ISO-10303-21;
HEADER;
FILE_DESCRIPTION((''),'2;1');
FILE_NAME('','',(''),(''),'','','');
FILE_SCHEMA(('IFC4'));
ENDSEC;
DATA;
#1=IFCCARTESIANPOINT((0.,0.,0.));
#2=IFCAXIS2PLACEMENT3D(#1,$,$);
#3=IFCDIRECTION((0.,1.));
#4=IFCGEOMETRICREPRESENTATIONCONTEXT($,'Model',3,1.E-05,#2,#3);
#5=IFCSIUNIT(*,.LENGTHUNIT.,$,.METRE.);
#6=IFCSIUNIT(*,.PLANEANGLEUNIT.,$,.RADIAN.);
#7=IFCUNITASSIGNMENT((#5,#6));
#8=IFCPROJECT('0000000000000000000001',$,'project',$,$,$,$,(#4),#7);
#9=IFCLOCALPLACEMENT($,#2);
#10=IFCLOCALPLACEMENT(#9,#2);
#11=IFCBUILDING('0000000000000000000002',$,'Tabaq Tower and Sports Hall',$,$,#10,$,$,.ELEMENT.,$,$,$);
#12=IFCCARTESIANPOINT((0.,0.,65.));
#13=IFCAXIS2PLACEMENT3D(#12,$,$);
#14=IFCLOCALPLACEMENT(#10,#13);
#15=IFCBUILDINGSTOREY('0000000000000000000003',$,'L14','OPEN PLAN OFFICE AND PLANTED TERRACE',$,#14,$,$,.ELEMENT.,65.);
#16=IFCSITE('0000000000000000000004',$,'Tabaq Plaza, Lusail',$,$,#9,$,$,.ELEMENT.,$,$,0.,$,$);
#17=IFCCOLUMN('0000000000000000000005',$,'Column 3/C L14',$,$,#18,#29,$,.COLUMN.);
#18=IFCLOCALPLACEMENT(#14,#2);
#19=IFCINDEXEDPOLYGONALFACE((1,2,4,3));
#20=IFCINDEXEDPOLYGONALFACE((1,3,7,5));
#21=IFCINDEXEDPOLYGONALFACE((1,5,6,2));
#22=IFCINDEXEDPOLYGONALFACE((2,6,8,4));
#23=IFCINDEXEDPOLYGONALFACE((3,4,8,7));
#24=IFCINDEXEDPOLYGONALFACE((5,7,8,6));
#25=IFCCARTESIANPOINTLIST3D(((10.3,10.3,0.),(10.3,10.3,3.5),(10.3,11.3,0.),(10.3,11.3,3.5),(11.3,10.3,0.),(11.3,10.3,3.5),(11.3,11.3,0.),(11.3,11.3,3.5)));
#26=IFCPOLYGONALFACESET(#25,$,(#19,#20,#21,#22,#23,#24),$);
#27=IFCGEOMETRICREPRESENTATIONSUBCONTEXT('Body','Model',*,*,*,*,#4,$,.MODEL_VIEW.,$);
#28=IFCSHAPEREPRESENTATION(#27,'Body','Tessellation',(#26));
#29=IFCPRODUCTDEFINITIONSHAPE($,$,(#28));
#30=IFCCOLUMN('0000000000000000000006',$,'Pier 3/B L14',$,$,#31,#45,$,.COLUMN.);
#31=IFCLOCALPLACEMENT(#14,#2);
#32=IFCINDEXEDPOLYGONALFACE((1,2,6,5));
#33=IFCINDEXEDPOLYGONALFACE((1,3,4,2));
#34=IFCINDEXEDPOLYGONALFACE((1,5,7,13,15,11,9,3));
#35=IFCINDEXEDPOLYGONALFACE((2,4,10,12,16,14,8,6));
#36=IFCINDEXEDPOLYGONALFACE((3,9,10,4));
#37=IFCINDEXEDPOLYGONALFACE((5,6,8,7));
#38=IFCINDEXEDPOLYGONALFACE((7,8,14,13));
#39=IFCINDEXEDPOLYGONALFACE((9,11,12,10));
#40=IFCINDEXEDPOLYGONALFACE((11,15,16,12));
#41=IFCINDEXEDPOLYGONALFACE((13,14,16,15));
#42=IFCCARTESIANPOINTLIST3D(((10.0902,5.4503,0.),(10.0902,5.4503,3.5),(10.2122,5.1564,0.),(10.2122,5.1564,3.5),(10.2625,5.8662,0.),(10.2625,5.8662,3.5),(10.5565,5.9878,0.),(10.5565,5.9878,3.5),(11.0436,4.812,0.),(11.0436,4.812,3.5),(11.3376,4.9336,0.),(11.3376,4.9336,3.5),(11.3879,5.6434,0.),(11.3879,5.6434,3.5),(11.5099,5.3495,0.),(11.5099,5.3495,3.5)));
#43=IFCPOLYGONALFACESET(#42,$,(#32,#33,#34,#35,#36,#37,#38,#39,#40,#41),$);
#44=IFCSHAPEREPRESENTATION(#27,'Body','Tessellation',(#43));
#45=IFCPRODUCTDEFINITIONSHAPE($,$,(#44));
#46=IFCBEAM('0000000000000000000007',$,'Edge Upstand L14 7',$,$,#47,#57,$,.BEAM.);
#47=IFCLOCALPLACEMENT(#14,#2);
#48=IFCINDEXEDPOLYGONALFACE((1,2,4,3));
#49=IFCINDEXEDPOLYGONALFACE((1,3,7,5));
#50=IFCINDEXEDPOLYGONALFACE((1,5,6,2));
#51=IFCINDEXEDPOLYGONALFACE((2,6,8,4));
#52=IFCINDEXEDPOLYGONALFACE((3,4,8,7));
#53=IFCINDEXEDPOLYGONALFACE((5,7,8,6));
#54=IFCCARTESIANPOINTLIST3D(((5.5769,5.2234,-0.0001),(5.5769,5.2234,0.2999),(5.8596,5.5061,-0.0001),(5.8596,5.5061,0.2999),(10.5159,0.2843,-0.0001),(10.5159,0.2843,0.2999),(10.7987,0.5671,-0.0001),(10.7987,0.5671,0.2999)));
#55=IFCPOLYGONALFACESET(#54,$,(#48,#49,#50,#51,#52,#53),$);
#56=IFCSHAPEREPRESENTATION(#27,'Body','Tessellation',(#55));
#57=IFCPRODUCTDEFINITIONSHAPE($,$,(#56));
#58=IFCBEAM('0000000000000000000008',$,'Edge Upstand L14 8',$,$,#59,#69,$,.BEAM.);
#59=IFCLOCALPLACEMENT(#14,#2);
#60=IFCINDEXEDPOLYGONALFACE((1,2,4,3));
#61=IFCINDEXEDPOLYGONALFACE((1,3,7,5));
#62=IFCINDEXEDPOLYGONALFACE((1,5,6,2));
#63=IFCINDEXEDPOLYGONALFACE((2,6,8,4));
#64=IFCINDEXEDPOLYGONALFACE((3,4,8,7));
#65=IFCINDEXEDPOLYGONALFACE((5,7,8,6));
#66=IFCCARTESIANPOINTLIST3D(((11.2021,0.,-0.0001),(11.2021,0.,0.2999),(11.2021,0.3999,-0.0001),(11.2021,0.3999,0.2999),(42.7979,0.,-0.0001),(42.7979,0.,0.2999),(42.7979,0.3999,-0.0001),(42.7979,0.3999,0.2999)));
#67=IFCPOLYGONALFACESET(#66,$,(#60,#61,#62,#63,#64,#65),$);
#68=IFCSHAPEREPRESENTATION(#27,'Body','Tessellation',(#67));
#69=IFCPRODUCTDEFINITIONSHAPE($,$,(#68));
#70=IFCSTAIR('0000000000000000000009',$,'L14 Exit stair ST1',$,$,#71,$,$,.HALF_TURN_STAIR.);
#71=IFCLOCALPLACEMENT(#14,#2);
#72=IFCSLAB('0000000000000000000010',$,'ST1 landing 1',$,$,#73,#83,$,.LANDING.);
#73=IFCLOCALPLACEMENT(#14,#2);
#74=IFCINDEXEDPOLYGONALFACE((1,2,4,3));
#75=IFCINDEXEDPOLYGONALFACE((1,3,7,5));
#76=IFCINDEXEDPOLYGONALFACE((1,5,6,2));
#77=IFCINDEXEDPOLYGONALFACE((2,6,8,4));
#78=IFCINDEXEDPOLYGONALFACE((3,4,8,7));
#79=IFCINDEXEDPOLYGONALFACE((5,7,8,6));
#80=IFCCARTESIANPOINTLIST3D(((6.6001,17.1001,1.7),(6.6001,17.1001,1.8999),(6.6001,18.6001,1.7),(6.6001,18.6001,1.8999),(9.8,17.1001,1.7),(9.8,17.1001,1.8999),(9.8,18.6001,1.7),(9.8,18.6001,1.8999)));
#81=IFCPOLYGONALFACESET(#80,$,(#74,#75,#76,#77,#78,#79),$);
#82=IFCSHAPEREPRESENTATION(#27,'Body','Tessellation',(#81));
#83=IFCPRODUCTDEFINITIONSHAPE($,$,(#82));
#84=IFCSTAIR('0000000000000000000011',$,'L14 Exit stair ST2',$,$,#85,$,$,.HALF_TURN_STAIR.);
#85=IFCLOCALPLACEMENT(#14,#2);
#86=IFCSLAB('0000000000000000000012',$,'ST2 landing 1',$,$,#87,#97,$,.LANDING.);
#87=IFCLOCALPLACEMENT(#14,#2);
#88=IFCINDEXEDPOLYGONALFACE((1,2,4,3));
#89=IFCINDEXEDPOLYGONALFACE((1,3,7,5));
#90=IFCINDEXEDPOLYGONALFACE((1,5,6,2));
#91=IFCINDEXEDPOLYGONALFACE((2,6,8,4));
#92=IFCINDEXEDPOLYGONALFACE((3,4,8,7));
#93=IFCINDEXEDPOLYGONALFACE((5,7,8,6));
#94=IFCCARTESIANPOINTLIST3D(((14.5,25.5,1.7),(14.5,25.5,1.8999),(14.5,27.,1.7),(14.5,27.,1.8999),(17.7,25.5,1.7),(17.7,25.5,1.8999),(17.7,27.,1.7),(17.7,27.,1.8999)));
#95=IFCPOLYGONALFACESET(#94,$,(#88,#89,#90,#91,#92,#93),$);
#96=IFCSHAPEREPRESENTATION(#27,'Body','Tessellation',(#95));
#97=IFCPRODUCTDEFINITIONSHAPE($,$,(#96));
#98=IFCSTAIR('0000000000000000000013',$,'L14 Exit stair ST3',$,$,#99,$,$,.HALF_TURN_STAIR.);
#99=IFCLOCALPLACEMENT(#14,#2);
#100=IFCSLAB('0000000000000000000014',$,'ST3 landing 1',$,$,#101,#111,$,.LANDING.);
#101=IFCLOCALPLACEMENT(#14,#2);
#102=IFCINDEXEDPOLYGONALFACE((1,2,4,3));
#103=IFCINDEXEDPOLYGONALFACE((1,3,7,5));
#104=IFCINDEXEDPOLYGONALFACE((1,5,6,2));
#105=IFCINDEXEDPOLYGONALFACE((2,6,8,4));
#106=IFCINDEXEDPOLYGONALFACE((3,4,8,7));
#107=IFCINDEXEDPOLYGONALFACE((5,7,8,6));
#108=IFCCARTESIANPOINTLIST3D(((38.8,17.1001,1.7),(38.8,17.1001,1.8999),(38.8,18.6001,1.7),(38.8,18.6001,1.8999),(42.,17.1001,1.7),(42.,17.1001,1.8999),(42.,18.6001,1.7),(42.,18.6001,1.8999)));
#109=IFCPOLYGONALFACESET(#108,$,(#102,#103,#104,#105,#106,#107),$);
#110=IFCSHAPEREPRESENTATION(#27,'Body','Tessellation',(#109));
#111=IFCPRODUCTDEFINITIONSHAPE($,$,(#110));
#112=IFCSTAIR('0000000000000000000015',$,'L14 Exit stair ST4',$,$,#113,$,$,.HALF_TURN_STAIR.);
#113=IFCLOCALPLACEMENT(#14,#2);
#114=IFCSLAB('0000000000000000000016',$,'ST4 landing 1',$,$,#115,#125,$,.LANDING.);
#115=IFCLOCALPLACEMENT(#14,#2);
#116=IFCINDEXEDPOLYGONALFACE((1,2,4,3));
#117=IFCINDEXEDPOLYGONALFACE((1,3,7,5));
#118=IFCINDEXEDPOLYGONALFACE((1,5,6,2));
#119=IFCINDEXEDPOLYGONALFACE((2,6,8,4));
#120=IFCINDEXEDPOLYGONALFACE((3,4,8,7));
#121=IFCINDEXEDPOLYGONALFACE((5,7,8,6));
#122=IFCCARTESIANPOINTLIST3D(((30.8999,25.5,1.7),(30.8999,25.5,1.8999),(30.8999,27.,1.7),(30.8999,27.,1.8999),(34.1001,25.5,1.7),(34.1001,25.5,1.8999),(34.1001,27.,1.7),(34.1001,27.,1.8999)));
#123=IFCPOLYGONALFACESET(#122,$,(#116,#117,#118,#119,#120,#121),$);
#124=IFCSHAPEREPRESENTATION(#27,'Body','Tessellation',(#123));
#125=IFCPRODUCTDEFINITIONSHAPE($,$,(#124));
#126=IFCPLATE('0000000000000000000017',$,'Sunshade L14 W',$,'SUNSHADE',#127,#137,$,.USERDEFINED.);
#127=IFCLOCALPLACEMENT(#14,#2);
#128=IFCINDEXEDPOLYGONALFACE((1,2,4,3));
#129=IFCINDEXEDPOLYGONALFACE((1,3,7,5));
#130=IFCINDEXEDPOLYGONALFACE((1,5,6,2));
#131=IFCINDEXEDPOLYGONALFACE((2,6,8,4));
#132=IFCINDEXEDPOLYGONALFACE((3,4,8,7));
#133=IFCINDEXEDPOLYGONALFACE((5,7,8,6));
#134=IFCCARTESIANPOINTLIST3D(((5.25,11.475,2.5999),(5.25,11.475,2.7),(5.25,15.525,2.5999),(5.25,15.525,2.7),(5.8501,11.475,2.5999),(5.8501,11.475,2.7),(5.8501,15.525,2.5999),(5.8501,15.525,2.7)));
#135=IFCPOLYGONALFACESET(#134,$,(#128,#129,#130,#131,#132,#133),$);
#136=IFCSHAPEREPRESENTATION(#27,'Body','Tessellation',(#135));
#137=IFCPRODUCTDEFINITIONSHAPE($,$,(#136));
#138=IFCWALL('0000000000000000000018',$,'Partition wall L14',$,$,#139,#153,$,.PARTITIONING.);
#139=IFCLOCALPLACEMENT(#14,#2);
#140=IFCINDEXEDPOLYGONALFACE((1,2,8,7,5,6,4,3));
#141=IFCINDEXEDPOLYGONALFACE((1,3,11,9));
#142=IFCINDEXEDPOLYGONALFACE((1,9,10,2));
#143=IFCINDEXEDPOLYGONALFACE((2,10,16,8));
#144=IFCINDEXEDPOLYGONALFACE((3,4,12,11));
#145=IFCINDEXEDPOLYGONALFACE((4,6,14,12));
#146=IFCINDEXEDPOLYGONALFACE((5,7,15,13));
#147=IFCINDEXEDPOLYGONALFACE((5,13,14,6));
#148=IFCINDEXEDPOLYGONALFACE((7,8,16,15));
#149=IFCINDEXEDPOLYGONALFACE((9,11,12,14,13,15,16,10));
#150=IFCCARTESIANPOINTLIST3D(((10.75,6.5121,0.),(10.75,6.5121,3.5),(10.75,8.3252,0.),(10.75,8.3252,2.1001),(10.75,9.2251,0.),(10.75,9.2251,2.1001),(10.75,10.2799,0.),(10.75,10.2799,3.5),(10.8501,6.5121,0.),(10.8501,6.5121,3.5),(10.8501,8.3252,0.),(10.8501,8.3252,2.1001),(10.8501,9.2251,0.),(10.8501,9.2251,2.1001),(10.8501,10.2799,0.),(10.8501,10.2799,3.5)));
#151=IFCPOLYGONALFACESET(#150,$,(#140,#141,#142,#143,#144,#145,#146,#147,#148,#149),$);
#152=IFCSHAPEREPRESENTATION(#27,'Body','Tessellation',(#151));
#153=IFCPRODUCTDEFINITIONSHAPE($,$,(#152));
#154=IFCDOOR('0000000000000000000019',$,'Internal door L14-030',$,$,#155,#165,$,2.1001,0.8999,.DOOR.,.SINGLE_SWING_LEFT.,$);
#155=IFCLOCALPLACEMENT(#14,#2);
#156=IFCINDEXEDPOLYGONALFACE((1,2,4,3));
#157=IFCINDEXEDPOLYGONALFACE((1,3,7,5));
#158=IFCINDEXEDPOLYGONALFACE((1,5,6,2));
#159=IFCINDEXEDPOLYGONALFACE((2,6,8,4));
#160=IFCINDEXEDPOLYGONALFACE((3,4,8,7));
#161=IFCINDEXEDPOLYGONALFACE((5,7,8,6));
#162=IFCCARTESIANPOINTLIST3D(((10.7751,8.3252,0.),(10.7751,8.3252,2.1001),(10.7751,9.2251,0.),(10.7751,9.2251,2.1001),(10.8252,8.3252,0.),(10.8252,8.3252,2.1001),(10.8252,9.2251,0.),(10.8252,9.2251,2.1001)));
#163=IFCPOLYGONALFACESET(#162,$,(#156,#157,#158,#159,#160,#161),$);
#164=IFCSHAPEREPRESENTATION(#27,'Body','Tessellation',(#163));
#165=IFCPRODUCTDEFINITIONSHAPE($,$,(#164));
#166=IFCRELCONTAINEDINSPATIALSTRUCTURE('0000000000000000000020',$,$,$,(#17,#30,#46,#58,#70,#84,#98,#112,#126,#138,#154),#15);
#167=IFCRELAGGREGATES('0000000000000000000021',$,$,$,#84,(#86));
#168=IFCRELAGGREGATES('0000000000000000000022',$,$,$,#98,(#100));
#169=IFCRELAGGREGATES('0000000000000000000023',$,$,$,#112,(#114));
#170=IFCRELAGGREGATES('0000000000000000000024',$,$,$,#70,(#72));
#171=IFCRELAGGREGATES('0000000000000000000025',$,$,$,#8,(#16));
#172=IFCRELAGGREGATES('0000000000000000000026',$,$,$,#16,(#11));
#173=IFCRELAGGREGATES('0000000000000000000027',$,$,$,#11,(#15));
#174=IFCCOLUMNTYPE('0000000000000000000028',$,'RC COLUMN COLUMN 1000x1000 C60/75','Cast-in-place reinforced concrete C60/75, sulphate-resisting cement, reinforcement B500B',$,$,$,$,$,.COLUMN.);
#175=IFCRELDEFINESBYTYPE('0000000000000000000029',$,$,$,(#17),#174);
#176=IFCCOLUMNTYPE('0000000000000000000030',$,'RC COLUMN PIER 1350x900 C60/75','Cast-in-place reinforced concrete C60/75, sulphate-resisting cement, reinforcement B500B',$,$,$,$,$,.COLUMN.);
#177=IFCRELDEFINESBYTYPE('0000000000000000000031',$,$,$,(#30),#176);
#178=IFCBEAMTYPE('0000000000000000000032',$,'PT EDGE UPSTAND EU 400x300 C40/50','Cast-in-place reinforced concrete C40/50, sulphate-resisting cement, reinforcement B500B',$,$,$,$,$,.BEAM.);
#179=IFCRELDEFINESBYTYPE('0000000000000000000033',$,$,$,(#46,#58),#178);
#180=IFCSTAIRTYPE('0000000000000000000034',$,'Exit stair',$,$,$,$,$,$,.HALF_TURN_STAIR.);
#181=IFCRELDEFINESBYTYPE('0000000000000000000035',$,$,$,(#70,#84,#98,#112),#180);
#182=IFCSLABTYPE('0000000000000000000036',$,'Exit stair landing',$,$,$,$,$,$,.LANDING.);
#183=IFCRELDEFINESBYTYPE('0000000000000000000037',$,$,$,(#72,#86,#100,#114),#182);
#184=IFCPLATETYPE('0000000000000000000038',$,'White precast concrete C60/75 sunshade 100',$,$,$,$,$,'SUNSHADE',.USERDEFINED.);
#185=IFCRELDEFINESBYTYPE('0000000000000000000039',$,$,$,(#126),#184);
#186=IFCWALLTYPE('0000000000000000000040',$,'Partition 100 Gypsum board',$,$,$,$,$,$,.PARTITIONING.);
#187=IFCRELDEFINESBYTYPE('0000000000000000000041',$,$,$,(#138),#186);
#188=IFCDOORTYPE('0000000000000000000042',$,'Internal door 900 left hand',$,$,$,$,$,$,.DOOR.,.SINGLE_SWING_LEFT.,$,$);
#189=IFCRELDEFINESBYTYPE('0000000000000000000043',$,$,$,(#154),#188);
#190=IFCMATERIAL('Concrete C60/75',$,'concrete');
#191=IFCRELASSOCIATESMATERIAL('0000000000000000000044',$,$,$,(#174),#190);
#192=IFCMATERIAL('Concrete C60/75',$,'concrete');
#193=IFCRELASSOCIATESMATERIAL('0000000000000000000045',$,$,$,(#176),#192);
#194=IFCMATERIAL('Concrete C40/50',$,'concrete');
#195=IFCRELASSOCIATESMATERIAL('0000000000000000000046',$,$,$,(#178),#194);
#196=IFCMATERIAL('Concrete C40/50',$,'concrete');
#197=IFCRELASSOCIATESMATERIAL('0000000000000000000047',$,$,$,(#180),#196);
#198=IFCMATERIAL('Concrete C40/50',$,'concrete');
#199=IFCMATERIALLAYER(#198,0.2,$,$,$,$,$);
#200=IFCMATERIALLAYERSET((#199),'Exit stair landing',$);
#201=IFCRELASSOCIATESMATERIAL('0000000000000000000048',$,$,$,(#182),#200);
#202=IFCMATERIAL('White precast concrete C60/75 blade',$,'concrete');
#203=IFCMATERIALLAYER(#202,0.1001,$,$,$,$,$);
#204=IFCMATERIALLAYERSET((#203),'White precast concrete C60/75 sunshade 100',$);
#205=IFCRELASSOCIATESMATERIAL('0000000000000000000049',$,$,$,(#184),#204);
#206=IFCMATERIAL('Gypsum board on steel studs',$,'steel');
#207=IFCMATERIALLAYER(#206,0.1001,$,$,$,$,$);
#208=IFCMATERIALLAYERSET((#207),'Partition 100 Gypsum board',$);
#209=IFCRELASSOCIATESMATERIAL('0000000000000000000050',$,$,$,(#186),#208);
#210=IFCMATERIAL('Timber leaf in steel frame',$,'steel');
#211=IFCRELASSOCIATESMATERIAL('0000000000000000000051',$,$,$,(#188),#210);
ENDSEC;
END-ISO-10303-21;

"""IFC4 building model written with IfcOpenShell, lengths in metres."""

from ifc_helpers import new_model, si_unit, direction, frame, frame_2d, origin, origin_2d, place, context, subcontext, project, spatial, polyline, rectangle, outline, extrude, material, layer, layer_set, material_profile, profile_set, type_object, element, fill, aggregate, save


model = new_model("IFC4")

# Units and contexts
model_context = context("Model", 3, precision=1e-05, world=origin(), true_north=direction((0.0, 1.0)))
body_context = subcontext(model_context, "Body", "Model", "MODEL_VIEW")
ifc_project = project(units=[si_unit("LENGTHUNIT", "METRE"), si_unit("PLANEANGLEUNIT", "RADIAN")], contexts=[model_context])

# Site, building, storey
site_placement = place(None, origin())
site = spatial("IfcSite", under=ifc_project, at=site_placement, Name="Tabaq Plaza, Lusail", CompositionType="ELEMENT", RefElevation=0.0)
building_placement = place(site_placement, origin())
building = spatial("IfcBuilding", under=site, at=building_placement, Name="Tabaq Tower and Sports Hall", CompositionType="ELEMENT")
storey_placement = place(building_placement, frame((0.0, 0.0, 65.0)))
storey = spatial("IfcBuildingStorey", under=building, at=storey_placement, Name="L14", Description="OPEN PLAN OFFICE AND PLANTED TERRACE", CompositionType="ELEMENT", Elevation=65.0)

# Columns
ifc_material_1 = material(Name="Concrete C60/75", Category="concrete")
ifc_material_profile_1 = material_profile(ifc_material_1, rectangle(XDim=1.0, YDim=1.0, at=origin_2d()), Name="COLUMN 1000x1000")
ifc_profile_set_1 = profile_set([ifc_material_profile_1], Name="Concrete C60/75")
column_type_1 = type_object("IfcColumnType", Name="RC COLUMN COLUMN 1000x1000 C60/75", Description="Cast-in-place reinforced concrete C60/75, sulphate-resisting cement, reinforcement B500B", PredefinedType="COLUMN", material=ifc_profile_set_1)
column_1_placement = place(storey_placement, frame((10.8, 10.8, 0.0), z_axis=(0.0, 0.0, 1.0), x_axis=(1.0, 0.0, 0.0)))
element("IfcColumn", 1, at=column_1_placement, inside=storey, type_object=column_type_1, Name="Column 3/C L14", PredefinedType="COLUMN", context=body_context, shape_type="SweptSolid", body=[
    extrude(rectangle(XDim=1.0, YDim=1.0, at=origin_2d()), origin(), (0.0, 0.0, 1.0), 3.5),
])
ifc_material_2 = material(Name="Concrete C60/75", Category="concrete")
ifc_material_profile_2 = material_profile(ifc_material_2, outline(polyline([(-0.45, -0.45), (0.45, -0.45), (0.675, -0.2251), (0.675, 0.2251), (0.45, 0.45), (-0.45, 0.45), (-0.675, 0.2251), (-0.675, -0.2251), (-0.45, -0.45)])), Name="PIER 1350x900")
ifc_profile_set_2 = profile_set([ifc_material_profile_2], Name="Concrete C60/75")
column_type_2 = type_object("IfcColumnType", Name="RC COLUMN PIER 1350x900 C60/75", Description="Cast-in-place reinforced concrete C60/75, sulphate-resisting cement, reinforcement B500B", PredefinedType="COLUMN", material=ifc_profile_set_2)
column_2_placement = place(storey_placement, frame((10.8, 5.3999, 0.0), z_axis=(0.0, 0.0, 1.0), x_axis=(-0.92388, 0.382683, 0.0)))
element("IfcColumn", 2, at=column_2_placement, inside=storey, type_object=column_type_2, Name="Pier 3/B L14", PredefinedType="COLUMN", context=body_context, shape_type="SweptSolid", body=[
    extrude(outline(polyline([(-0.45, -0.45), (0.45, -0.45), (0.675, -0.2251), (0.675, 0.2251), (0.45, 0.45), (-0.45, 0.45), (-0.675, 0.2251), (-0.675, -0.2251), (-0.45, -0.45)])), origin(), (0.0, 0.0, 1.0), 3.5),
])

# Beams
ifc_material_3 = material(Name="Concrete C40/50", Category="concrete")
ifc_material_profile_3 = material_profile(ifc_material_3, rectangle(XDim=0.3999, YDim=0.3, at=origin_2d()), Name="EU 400x300")
ifc_profile_set_3 = profile_set([ifc_material_profile_3], Name="Concrete C40/50")
beam_type = type_object("IfcBeamType", Name="PT EDGE UPSTAND EU 400x300 C40/50", Description="Cast-in-place reinforced concrete C40/50, sulphate-resisting cement, reinforcement B500B", PredefinedType="BEAM", material=ifc_profile_set_3)
beam_1_placement = place(storey_placement, frame((5.7183, 5.3647, 0.1499), z_axis=(0.707107, -0.707107, 0.0), x_axis=(0.707107, 0.707107, 0.0)))
element("IfcBeam", 3, at=beam_1_placement, inside=storey, type_object=beam_type, Name="Edge Upstand L14 7", PredefinedType="BEAM", context=body_context, shape_type="SweptSolid", body=[
    extrude(rectangle(XDim=0.3999, YDim=0.3, at=origin_2d()), origin(), (0.0, 0.0, 1.0), 6.9849),
])
beam_2_placement = place(storey_placement, frame((11.2021, 0.2, 0.1499), z_axis=(1.0, 0.0, 0.0), x_axis=(0.0, 1.0, 0.0)))
element("IfcBeam", 4, at=beam_2_placement, inside=storey, type_object=beam_type, Name="Edge Upstand L14 8", PredefinedType="BEAM", context=body_context, shape_type="SweptSolid", body=[
    extrude(rectangle(XDim=0.3999, YDim=0.3, at=origin_2d()), origin(), (0.0, 0.0, 1.0), 31.5957),
])

# Stairs, slabs
ifc_material_4 = material(Name="Concrete C40/50", Category="concrete")
stair_type = type_object("IfcStairType", Name="Exit stair", PredefinedType="HALF_TURN_STAIR", material=ifc_material_4)
stair_1_placement = place(storey_placement, origin())
stair_1 = element("IfcStair", 5, at=stair_1_placement, inside=storey, type_object=stair_type, Name="L14 Exit stair ST1", PredefinedType="HALF_TURN_STAIR")
ifc_material_5 = material(Name="Concrete C40/50", Category="concrete")
ifc_layer_1 = layer(ifc_material_5, 0.2)
ifc_layer_set_1 = layer_set([ifc_layer_1], Name="Exit stair landing")
slab_type = type_object("IfcSlabType", Name="Exit stair landing", PredefinedType="LANDING", material=ifc_layer_set_1)
slab_1_placement = place(storey_placement, frame((0.0, 0.0, 1.7)))
slab_1 = element("IfcSlab", 6, at=slab_1_placement, type_object=slab_type, Name="ST1 landing 1", PredefinedType="LANDING", context=body_context, shape_type="SweptSolid", body=[
    extrude(outline(polyline([(6.6001, 18.6001), (6.6001, 17.1001), (9.8, 17.1001), (9.8, 18.6001), (6.6001, 18.6001)])), origin(), (0.0, 0.0, 1.0), 0.2),
])
stair_2_placement = place(storey_placement, origin())
stair_2 = element("IfcStair", 7, at=stair_2_placement, inside=storey, type_object=stair_type, Name="L14 Exit stair ST2", PredefinedType="HALF_TURN_STAIR")
slab_2_placement = place(storey_placement, frame((0.0, 0.0, 1.7)))
slab_2 = element("IfcSlab", 8, at=slab_2_placement, type_object=slab_type, Name="ST2 landing 1", PredefinedType="LANDING", context=body_context, shape_type="SweptSolid", body=[
    extrude(outline(polyline([(14.5, 27.0), (14.5, 25.5), (17.7, 25.5), (17.7, 27.0), (14.5, 27.0)])), origin(), (0.0, 0.0, 1.0), 0.2),
])
aggregate(stair_2, [slab_2])
stair_3_placement = place(storey_placement, origin())
stair_3 = element("IfcStair", 9, at=stair_3_placement, inside=storey, type_object=stair_type, Name="L14 Exit stair ST3", PredefinedType="HALF_TURN_STAIR")
slab_3_placement = place(storey_placement, frame((0.0, 0.0, 1.7)))
slab_3 = element("IfcSlab", 10, at=slab_3_placement, type_object=slab_type, Name="ST3 landing 1", PredefinedType="LANDING", context=body_context, shape_type="SweptSolid", body=[
    extrude(outline(polyline([(38.8, 18.6001), (38.8, 17.1001), (42.0, 17.1001), (42.0, 18.6001), (38.8, 18.6001)])), origin(), (0.0, 0.0, 1.0), 0.2),
])
aggregate(stair_3, [slab_3])
stair_4_placement = place(storey_placement, origin())
stair_4 = element("IfcStair", 11, at=stair_4_placement, inside=storey, type_object=stair_type, Name="L14 Exit stair ST4", PredefinedType="HALF_TURN_STAIR")
slab_4_placement = place(storey_placement, frame((0.0, 0.0, 1.7)))
slab_4 = element("IfcSlab", 12, at=slab_4_placement, type_object=slab_type, Name="ST4 landing 1", PredefinedType="LANDING", context=body_context, shape_type="SweptSolid", body=[
    extrude(outline(polyline([(30.8999, 27.0), (30.8999, 25.5), (34.1001, 25.5), (34.1001, 27.0), (30.8999, 27.0)])), origin(), (0.0, 0.0, 1.0), 0.2),
])
aggregate(stair_4, [slab_4])

# Plate
ifc_material_6 = material(Name="White precast concrete C60/75 blade", Category="concrete")
ifc_layer_2 = layer(ifc_material_6, 0.1001)
ifc_layer_set_2 = layer_set([ifc_layer_2], Name="White precast concrete C60/75 sunshade 100")
plate_type = type_object("IfcPlateType", Name="White precast concrete C60/75 sunshade 100", ElementType="SUNSHADE", PredefinedType="USERDEFINED", material=ifc_layer_set_2)
plate_placement = place(storey_placement, frame((5.55, 13.5, 2.5999), z_axis=(0.0, 0.0, 1.0), x_axis=(0.0, -1.0, 0.0)))
element("IfcPlate", 13, at=plate_placement, inside=storey, type_object=plate_type, Name="Sunshade L14 W", ObjectType="SUNSHADE", PredefinedType="USERDEFINED", context=body_context, shape_type="SweptSolid", body=[
    extrude(rectangle(XDim=4.05, YDim=0.6001, at=origin_2d()), origin(), (0.0, 0.0, 1.0), 0.1001),
])

# Wall, opening, door
ifc_material_7 = material(Name="Gypsum board on steel studs", Category="steel")
ifc_layer_3 = layer(ifc_material_7, 0.1001)
ifc_layer_set_3 = layer_set([ifc_layer_3], Name="Partition 100 Gypsum board")
wall_type_1 = type_object("IfcWallType", Name="Partition 100 Gypsum board", PredefinedType="PARTITIONING", material=ifc_layer_set_3)
wall_1_placement = place(storey_placement, frame((10.8, 6.5122, 0.0), z_axis=(0.0, 0.0, 1.0), x_axis=(0.0, 1.0, 0.0)))
wall_1 = element("IfcWall", 14, at=wall_1_placement, inside=storey, type_object=wall_type_1, Name="Partition wall L14", PredefinedType="PARTITIONING", context=body_context, shape_type="SweptSolid", body=[
    extrude(rectangle(XDim=3.7678, YDim=0.1001, at=frame_2d((1.8838, 0.0))), origin(), (0.0, 0.0, 1.0), 3.5),
])
opening_1_placement = place(wall_1_placement, frame((1.813, 0.0, 0.0)))
opening_1 = element("IfcOpeningElement", 15, at=opening_1_placement, cuts=wall_1, PredefinedType="OPENING", context=body_context, shape_type="SweptSolid", body=[
    extrude(rectangle(XDim=0.8999, YDim=2.1001, at=frame_2d((0.45, 1.05))), frame((0.0, 0.05, 0.0), z_axis=(0.0, -1.0, 0.0), x_axis=(1.0, 0.0, 0.0)), (0.0, 0.0, 1.0), 0.1001),
])
ifc_material_8 = material(Name="Timber leaf in steel frame", Category="steel")
door_type_1 = type_object("IfcDoorType", Name="Internal door 900 left hand", OperationType="SINGLE_SWING_LEFT", PredefinedType="DOOR", material=ifc_material_8)
door_1_placement = place(opening_1_placement, origin())
door_1 = element("IfcDoor", 16, at=door_1_placement, inside=storey, type_object=door_type_1, Name="Internal door L14-030", OperationType="SINGLE_SWING_LEFT", OverallHeight=2.1001, OverallWidth=0.8999, PredefinedType="DOOR", context=body_context, shape_type="SweptSolid", body=[
    extrude(rectangle(XDim=0.8999, YDim=2.1001, at=frame_2d((0.45, 1.05))), frame((0.0, 0.0249, 0.0), z_axis=(0.0, -1.0, 0.0), x_axis=(1.0, 0.0, 0.0)), (0.0, 0.0, 1.0), 0.05),
])
fill(opening_1, door_1)

aggregate(stair_1, [slab_1])

save(model, "model.ifc")
